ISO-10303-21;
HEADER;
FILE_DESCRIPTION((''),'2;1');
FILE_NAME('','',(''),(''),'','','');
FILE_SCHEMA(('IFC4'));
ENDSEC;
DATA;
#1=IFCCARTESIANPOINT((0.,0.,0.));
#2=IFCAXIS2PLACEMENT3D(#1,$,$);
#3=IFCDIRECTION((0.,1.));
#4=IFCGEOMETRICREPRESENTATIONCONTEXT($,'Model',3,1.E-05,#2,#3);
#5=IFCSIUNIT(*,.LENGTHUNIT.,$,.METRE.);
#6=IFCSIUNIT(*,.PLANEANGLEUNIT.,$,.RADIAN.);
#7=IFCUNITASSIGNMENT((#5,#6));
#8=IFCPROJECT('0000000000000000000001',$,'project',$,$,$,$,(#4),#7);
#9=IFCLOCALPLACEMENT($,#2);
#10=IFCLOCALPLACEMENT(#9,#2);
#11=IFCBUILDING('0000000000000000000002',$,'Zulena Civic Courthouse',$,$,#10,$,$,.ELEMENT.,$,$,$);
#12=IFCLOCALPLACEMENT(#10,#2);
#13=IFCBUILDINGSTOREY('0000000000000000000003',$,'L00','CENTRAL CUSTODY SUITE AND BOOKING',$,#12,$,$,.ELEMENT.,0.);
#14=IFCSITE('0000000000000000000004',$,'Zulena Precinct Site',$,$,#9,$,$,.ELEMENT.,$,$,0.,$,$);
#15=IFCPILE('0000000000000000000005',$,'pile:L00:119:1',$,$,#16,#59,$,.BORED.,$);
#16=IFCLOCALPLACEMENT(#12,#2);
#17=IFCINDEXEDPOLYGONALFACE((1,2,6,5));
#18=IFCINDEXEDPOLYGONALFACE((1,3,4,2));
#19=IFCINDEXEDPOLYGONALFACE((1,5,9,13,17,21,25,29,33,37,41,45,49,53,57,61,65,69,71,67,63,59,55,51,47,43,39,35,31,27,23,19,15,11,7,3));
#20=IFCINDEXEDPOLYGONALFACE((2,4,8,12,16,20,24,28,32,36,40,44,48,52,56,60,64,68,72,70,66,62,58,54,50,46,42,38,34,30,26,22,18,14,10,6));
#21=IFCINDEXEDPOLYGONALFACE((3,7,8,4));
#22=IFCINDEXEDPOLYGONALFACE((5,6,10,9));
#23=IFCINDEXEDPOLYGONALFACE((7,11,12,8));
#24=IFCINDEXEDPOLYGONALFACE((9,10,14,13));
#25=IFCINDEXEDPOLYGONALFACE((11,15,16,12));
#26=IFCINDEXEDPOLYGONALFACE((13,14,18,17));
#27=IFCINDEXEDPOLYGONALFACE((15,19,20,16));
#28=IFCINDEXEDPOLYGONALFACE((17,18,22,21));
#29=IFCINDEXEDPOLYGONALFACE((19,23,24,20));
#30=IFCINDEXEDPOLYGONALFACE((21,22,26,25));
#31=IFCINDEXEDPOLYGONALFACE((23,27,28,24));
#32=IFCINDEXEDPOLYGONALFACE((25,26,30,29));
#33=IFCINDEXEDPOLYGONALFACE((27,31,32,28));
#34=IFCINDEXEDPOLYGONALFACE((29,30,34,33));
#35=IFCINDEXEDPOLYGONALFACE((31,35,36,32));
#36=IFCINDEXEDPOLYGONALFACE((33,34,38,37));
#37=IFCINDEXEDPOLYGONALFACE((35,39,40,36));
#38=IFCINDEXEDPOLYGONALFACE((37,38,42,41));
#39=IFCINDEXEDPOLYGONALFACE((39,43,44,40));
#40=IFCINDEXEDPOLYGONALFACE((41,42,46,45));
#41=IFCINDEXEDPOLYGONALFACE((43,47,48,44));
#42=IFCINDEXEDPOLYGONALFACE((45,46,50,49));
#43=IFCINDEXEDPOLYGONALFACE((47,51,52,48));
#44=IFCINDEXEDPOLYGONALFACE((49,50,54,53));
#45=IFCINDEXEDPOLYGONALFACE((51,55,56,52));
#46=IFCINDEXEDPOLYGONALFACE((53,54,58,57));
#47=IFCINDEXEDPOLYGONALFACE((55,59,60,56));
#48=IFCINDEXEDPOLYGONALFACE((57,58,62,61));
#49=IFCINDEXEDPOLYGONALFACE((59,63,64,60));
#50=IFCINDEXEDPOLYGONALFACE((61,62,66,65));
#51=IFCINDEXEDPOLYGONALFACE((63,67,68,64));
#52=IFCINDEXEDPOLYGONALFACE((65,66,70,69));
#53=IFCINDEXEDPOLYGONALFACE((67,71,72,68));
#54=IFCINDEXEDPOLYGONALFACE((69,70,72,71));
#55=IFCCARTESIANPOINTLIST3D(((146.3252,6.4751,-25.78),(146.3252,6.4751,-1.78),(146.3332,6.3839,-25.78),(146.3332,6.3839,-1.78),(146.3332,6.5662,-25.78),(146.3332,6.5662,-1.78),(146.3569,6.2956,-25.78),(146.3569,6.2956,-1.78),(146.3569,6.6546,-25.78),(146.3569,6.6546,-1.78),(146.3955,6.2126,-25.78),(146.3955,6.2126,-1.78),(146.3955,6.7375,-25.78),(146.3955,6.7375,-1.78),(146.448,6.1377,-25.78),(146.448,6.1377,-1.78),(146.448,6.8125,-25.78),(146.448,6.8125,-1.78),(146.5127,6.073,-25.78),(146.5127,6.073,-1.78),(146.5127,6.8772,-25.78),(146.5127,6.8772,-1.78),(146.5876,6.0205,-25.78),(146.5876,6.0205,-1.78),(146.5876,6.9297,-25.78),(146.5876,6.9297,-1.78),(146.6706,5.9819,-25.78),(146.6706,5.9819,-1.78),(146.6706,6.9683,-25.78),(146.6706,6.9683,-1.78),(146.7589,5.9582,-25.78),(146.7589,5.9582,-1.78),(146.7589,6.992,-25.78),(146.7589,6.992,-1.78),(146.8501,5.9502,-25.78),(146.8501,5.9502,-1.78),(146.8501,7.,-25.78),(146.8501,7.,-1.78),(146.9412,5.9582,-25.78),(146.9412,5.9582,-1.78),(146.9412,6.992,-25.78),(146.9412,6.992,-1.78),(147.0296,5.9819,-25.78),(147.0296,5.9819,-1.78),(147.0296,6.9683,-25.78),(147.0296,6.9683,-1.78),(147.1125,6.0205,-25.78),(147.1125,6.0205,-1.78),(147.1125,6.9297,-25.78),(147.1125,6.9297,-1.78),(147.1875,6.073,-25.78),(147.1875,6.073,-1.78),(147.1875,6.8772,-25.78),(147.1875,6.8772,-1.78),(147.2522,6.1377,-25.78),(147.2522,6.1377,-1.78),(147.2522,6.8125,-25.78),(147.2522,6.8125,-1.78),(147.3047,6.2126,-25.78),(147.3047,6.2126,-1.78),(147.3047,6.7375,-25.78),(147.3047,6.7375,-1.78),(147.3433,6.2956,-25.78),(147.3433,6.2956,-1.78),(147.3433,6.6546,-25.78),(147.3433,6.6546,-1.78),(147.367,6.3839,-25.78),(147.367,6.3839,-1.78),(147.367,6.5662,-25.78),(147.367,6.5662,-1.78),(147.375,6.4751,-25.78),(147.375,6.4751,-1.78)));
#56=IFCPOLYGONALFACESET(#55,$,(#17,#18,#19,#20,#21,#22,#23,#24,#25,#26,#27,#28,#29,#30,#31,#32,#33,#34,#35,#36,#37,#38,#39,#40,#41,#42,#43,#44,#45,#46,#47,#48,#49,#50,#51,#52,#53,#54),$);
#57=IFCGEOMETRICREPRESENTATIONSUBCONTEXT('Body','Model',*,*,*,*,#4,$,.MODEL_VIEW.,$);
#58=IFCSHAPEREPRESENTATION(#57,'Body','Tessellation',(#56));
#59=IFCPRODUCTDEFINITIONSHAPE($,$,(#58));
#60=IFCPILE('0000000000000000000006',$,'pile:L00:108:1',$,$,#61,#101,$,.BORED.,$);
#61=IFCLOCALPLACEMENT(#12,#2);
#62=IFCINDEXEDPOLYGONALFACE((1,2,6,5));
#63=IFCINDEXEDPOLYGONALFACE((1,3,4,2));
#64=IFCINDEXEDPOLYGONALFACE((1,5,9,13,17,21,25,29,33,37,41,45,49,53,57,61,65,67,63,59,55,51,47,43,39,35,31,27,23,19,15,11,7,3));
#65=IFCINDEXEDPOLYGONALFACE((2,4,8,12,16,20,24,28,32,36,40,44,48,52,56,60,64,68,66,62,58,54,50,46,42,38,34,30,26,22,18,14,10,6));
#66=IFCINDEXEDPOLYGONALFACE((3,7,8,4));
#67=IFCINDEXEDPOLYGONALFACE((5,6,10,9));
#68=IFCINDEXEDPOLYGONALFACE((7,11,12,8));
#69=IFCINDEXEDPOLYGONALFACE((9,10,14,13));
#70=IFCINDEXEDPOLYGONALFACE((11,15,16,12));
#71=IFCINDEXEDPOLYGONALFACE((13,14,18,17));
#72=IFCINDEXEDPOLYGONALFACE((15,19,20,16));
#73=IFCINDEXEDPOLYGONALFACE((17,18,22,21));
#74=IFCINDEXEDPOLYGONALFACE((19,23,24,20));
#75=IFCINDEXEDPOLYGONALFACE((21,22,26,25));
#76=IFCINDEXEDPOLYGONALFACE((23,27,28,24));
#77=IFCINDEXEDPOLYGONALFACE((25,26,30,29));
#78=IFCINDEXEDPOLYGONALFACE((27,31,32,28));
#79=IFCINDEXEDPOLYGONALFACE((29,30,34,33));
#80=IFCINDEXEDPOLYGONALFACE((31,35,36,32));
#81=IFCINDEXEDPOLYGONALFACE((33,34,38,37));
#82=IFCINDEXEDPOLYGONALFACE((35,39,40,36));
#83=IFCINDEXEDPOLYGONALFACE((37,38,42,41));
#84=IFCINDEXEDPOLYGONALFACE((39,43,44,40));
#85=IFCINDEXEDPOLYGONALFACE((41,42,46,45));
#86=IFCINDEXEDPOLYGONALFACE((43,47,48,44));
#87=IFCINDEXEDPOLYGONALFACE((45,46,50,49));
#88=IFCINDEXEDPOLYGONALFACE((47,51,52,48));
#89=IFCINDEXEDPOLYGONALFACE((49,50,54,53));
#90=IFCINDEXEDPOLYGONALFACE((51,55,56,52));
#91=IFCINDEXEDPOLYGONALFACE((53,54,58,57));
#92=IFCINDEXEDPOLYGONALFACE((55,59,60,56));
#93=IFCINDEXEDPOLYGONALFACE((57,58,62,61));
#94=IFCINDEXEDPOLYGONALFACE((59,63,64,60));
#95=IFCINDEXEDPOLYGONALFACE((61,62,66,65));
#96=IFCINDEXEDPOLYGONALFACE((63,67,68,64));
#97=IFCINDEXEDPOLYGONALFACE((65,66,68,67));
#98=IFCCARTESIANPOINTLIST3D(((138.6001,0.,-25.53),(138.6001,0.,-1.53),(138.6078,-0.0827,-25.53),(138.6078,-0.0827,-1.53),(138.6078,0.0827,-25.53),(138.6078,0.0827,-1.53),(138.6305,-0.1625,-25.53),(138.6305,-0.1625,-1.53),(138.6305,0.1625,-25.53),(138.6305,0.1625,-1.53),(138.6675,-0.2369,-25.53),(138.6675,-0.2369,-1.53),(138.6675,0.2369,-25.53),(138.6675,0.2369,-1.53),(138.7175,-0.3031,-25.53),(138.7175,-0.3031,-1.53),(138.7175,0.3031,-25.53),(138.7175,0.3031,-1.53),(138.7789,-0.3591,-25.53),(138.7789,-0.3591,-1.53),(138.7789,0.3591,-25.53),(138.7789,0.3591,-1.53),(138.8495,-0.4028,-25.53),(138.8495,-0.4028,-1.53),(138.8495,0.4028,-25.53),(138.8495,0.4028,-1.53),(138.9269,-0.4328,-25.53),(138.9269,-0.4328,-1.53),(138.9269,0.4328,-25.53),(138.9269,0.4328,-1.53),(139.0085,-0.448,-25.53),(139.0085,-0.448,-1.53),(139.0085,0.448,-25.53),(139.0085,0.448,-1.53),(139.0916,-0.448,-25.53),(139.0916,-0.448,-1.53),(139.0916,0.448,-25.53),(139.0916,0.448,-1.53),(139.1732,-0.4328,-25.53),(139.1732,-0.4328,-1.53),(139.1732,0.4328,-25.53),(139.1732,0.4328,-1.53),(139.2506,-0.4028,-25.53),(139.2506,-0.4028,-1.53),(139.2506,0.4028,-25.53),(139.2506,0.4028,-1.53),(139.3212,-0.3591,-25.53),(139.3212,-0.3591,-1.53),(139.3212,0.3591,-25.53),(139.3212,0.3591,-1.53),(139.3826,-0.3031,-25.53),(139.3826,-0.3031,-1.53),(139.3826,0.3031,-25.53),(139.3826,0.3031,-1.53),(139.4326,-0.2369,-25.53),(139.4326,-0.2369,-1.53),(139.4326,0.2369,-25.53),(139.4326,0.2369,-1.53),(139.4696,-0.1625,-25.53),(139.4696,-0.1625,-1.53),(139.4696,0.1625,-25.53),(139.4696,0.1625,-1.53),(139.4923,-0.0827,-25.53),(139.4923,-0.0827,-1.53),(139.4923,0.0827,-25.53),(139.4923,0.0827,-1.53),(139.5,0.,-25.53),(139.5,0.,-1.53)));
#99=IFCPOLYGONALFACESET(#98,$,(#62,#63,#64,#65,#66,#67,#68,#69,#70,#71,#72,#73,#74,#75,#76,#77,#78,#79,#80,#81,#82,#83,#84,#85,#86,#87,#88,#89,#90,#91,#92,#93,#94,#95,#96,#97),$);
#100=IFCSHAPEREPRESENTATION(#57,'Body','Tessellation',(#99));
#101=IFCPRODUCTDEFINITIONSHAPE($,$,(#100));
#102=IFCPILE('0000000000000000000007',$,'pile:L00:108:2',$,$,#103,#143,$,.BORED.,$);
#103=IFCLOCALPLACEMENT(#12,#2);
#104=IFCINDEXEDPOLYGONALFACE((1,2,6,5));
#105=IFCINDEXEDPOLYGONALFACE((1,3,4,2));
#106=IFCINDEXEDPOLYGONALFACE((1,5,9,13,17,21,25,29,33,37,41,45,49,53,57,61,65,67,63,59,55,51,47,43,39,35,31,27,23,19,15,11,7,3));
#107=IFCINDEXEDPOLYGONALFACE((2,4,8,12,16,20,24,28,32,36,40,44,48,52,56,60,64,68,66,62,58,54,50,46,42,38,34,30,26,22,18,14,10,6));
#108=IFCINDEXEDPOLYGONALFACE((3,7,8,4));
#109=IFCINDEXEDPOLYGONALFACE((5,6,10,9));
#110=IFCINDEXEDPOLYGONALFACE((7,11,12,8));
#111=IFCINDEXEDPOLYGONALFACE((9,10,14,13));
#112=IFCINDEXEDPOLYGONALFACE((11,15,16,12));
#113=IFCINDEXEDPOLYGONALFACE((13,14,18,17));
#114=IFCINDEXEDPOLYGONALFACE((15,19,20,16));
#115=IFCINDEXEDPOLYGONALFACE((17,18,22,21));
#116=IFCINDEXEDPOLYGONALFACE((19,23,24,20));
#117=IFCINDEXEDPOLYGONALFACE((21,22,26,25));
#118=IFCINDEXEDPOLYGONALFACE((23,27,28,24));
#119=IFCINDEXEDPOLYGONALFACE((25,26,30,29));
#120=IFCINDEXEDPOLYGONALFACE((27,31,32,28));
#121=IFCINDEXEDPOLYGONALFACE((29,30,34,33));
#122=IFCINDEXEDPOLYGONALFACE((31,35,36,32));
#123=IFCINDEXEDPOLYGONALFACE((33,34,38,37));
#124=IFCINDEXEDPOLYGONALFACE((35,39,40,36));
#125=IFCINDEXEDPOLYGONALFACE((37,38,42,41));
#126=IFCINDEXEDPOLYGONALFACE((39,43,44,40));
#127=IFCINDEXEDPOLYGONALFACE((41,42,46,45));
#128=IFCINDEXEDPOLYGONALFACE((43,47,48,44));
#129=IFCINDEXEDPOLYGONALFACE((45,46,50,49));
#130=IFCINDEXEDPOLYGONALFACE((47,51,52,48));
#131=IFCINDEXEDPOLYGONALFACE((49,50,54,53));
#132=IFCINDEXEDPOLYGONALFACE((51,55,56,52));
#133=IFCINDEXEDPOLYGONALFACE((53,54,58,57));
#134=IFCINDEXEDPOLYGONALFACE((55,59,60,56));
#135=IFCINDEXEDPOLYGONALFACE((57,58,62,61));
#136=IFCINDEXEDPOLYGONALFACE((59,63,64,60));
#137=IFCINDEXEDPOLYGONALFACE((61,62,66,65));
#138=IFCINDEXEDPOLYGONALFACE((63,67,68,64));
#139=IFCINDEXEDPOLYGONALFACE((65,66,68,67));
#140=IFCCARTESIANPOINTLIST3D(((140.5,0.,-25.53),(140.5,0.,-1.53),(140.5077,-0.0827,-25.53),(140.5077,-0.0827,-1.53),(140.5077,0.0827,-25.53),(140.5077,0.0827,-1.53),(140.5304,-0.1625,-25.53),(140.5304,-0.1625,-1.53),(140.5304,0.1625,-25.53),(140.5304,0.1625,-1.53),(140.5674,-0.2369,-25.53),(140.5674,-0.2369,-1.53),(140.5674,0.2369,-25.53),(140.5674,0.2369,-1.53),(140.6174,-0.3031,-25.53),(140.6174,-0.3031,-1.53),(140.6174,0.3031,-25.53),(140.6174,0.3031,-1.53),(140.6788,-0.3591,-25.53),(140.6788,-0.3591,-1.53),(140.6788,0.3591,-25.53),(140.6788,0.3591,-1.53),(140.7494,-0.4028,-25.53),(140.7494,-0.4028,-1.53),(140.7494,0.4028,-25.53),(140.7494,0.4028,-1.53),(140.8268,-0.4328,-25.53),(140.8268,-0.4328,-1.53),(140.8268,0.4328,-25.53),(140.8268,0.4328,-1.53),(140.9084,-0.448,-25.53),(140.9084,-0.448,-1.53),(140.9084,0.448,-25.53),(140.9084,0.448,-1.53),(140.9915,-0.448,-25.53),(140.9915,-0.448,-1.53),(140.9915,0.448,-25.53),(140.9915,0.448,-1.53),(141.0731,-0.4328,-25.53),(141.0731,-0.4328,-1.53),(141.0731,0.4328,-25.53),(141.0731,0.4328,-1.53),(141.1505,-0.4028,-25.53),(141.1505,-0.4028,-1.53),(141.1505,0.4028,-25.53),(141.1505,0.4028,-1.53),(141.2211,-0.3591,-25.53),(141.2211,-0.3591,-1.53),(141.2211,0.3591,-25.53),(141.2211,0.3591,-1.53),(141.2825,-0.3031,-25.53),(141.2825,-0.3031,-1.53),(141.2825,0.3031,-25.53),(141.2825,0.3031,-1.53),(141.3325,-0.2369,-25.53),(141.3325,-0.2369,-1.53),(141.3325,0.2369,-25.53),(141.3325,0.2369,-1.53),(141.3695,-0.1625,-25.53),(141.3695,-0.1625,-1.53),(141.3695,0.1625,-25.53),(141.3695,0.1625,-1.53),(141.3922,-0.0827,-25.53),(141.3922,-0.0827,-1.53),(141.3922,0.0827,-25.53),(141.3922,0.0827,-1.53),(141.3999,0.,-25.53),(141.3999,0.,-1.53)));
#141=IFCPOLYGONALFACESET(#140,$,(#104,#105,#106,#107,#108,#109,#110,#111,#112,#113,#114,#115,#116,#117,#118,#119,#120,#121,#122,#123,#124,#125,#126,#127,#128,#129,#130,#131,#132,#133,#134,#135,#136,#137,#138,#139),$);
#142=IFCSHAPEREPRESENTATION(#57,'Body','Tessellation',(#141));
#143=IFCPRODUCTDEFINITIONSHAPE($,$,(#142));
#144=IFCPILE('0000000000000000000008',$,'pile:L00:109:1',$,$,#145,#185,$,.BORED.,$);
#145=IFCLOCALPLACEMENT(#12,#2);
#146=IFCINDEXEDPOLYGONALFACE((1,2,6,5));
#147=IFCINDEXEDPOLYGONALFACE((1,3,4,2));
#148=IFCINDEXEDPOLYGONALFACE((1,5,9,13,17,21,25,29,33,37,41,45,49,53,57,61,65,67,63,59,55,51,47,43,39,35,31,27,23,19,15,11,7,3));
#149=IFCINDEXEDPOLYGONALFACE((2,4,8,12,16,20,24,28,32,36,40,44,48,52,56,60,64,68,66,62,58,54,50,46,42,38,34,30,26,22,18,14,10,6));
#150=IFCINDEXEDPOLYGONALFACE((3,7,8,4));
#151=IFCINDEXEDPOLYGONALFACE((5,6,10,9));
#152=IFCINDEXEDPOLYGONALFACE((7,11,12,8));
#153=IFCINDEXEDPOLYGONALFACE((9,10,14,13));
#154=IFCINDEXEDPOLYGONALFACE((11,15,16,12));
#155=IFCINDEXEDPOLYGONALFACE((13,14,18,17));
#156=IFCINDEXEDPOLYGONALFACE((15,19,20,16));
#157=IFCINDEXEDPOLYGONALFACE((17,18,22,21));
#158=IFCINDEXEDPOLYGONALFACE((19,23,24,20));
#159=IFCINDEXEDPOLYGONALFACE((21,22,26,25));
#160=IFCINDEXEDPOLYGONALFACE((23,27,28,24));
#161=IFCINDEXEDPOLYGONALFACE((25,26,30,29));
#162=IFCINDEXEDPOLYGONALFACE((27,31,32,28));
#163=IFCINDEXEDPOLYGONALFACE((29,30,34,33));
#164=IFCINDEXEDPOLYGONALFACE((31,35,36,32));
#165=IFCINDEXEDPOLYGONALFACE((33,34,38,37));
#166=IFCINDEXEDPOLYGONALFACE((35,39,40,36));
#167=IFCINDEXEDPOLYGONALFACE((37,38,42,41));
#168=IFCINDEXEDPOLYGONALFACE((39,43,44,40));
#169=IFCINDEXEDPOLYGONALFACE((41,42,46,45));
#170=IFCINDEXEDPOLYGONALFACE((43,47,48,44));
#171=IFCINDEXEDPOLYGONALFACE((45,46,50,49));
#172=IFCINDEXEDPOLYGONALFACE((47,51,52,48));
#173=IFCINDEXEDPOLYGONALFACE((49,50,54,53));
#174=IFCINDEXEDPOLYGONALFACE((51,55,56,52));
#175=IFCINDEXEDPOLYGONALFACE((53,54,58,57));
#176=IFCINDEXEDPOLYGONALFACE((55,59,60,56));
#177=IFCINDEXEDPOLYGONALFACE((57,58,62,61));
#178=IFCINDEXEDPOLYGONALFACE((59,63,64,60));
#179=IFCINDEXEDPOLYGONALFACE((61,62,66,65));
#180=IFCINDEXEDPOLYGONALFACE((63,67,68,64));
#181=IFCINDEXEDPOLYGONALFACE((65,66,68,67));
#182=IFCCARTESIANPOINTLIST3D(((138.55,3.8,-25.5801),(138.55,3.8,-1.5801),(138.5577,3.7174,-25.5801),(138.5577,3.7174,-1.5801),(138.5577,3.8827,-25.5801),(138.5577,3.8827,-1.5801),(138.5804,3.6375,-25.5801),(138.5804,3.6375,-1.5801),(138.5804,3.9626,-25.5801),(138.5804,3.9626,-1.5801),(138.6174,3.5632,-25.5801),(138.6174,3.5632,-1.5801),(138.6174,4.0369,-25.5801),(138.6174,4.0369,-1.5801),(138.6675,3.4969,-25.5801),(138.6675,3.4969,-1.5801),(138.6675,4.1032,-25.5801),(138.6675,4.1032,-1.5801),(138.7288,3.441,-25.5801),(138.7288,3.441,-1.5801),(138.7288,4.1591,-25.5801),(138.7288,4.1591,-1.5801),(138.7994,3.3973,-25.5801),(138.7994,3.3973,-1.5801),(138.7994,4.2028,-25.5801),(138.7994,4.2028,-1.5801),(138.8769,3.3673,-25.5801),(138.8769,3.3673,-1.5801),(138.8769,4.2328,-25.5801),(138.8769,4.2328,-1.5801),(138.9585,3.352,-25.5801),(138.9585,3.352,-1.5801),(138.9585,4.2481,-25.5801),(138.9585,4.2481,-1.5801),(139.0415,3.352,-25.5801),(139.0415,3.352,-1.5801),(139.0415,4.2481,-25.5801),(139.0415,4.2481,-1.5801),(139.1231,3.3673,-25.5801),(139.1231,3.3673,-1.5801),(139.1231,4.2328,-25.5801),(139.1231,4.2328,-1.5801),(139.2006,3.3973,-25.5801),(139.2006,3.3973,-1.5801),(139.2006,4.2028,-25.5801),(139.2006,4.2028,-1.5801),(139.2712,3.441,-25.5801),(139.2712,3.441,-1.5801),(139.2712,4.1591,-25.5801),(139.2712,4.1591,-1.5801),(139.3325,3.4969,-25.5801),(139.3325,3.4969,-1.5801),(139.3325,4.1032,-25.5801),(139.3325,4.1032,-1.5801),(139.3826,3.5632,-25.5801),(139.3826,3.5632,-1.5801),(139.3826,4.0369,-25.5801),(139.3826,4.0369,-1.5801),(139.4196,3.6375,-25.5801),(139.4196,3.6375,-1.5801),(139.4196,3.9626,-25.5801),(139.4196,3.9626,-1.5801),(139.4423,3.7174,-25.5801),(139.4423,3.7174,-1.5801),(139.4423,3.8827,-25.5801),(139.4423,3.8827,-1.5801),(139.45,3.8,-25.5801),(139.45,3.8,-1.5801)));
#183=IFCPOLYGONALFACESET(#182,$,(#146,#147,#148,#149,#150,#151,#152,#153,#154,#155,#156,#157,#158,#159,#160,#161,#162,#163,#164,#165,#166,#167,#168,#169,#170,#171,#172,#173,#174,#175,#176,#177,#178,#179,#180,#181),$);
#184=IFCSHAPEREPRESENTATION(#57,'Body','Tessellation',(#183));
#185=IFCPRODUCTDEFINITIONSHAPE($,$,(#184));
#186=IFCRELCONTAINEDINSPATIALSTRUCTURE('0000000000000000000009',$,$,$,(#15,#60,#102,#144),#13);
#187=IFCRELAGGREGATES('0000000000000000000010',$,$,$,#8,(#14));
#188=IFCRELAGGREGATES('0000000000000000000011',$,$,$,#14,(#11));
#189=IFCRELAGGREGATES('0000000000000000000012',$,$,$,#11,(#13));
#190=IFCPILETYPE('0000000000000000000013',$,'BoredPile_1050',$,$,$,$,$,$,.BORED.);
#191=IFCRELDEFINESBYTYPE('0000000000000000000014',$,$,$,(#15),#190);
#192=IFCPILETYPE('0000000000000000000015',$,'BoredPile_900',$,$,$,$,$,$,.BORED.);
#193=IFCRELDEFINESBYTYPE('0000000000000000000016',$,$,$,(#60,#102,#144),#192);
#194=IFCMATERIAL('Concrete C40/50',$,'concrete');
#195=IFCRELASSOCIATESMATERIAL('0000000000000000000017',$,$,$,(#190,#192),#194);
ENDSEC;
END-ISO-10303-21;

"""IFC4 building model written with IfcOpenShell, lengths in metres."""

from ifc_helpers import new_model, si_unit, direction, frame, origin, origin_2d, place, context, subcontext, project, spatial, circle, extrude, material, material_profile, profile_set, type_object, element, save


model = new_model("IFC4")

# Units and contexts
model_context = context("Model", 3, precision=1e-05, world=origin(), true_north=direction((0.0, 1.0)))
body_context = subcontext(model_context, "Body", "Model", "MODEL_VIEW")
ifc_project = project(units=[si_unit("LENGTHUNIT", "METRE"), si_unit("PLANEANGLEUNIT", "RADIAN")], contexts=[model_context])

# Site, building, storey
site_placement = place(None, origin())
site = spatial("IfcSite", under=ifc_project, at=site_placement, Name="Zulena Precinct Site", CompositionType="ELEMENT", RefElevation=0.0)
building_placement = place(site_placement, origin())
building = spatial("IfcBuilding", under=site, at=building_placement, Name="Zulena Civic Courthouse", CompositionType="ELEMENT")
storey_placement = place(building_placement, origin())
storey = spatial("IfcBuildingStorey", under=building, at=storey_placement, Name="L00", Description="CENTRAL CUSTODY SUITE AND BOOKING", CompositionType="ELEMENT", Elevation=0.0)

# Piles
ifc_material_1 = material(Name="Concrete C40/50", Category="concrete")
ifc_material_profile_1 = material_profile(ifc_material_1, circle(Radius=0.5249, at=origin_2d()), Name="PILE1050")
ifc_profile_set_1 = profile_set([ifc_material_profile_1], Name="Concrete C40/50")
pile_type_1 = type_object("IfcPileType", Name="BoredPile_1050", PredefinedType="BORED", material=ifc_profile_set_1)
pile_placement = place(storey_placement, frame((146.8501, 6.4751, -1.78), z_axis=(0.0, 0.0, -1.0), x_axis=(1.0, 0.0, 0.0)))
element("IfcPile", 1, at=pile_placement, inside=storey, type_object=pile_type_1, Name="pile:L00:119:1", PredefinedType="BORED", context=body_context, shape_type="SweptSolid", body=[
    extrude(circle(Radius=0.5249, at=origin_2d()), origin(), (0.0, 0.0, 1.0), 24.0),
])
ifc_material_profile_2 = material_profile(ifc_material_1, circle(Radius=0.45, at=origin_2d()), Name="PILE900")
ifc_profile_set_2 = profile_set([ifc_material_profile_2], Name="Concrete C40/50")
pile_type_2 = type_object("IfcPileType", Name="BoredPile_900", PredefinedType="BORED", material=ifc_profile_set_2)
for number, where, z_axis, x_axis, name in (
    (2, (139.05, 0.0, -1.53), (0.0, 0.0, -1.0), (1.0, 0.0, 0.0), "pile:L00:108:1"),
    (3, (140.95, 0.0, -1.53), (0.0, 0.0, -1.0), (1.0, 0.0, 0.0), "pile:L00:108:2"),
    (4, (139.0, 3.8, -1.5801), (0.0, 0.0, -1.0), (1.0, 0.0, 0.0), "pile:L00:109:1"),
):
    element("IfcPile", number, at=place(storey_placement, frame(where, z_axis=z_axis, x_axis=x_axis)), inside=storey, type_object=pile_type_2, Name=name, PredefinedType="BORED", context=body_context, shape_type="SweptSolid", body=[
        extrude(circle(Radius=0.45, at=origin_2d()), origin(), (0.0, 0.0, 1.0), 24.0),
    ])

save(model, "model.ifc")
